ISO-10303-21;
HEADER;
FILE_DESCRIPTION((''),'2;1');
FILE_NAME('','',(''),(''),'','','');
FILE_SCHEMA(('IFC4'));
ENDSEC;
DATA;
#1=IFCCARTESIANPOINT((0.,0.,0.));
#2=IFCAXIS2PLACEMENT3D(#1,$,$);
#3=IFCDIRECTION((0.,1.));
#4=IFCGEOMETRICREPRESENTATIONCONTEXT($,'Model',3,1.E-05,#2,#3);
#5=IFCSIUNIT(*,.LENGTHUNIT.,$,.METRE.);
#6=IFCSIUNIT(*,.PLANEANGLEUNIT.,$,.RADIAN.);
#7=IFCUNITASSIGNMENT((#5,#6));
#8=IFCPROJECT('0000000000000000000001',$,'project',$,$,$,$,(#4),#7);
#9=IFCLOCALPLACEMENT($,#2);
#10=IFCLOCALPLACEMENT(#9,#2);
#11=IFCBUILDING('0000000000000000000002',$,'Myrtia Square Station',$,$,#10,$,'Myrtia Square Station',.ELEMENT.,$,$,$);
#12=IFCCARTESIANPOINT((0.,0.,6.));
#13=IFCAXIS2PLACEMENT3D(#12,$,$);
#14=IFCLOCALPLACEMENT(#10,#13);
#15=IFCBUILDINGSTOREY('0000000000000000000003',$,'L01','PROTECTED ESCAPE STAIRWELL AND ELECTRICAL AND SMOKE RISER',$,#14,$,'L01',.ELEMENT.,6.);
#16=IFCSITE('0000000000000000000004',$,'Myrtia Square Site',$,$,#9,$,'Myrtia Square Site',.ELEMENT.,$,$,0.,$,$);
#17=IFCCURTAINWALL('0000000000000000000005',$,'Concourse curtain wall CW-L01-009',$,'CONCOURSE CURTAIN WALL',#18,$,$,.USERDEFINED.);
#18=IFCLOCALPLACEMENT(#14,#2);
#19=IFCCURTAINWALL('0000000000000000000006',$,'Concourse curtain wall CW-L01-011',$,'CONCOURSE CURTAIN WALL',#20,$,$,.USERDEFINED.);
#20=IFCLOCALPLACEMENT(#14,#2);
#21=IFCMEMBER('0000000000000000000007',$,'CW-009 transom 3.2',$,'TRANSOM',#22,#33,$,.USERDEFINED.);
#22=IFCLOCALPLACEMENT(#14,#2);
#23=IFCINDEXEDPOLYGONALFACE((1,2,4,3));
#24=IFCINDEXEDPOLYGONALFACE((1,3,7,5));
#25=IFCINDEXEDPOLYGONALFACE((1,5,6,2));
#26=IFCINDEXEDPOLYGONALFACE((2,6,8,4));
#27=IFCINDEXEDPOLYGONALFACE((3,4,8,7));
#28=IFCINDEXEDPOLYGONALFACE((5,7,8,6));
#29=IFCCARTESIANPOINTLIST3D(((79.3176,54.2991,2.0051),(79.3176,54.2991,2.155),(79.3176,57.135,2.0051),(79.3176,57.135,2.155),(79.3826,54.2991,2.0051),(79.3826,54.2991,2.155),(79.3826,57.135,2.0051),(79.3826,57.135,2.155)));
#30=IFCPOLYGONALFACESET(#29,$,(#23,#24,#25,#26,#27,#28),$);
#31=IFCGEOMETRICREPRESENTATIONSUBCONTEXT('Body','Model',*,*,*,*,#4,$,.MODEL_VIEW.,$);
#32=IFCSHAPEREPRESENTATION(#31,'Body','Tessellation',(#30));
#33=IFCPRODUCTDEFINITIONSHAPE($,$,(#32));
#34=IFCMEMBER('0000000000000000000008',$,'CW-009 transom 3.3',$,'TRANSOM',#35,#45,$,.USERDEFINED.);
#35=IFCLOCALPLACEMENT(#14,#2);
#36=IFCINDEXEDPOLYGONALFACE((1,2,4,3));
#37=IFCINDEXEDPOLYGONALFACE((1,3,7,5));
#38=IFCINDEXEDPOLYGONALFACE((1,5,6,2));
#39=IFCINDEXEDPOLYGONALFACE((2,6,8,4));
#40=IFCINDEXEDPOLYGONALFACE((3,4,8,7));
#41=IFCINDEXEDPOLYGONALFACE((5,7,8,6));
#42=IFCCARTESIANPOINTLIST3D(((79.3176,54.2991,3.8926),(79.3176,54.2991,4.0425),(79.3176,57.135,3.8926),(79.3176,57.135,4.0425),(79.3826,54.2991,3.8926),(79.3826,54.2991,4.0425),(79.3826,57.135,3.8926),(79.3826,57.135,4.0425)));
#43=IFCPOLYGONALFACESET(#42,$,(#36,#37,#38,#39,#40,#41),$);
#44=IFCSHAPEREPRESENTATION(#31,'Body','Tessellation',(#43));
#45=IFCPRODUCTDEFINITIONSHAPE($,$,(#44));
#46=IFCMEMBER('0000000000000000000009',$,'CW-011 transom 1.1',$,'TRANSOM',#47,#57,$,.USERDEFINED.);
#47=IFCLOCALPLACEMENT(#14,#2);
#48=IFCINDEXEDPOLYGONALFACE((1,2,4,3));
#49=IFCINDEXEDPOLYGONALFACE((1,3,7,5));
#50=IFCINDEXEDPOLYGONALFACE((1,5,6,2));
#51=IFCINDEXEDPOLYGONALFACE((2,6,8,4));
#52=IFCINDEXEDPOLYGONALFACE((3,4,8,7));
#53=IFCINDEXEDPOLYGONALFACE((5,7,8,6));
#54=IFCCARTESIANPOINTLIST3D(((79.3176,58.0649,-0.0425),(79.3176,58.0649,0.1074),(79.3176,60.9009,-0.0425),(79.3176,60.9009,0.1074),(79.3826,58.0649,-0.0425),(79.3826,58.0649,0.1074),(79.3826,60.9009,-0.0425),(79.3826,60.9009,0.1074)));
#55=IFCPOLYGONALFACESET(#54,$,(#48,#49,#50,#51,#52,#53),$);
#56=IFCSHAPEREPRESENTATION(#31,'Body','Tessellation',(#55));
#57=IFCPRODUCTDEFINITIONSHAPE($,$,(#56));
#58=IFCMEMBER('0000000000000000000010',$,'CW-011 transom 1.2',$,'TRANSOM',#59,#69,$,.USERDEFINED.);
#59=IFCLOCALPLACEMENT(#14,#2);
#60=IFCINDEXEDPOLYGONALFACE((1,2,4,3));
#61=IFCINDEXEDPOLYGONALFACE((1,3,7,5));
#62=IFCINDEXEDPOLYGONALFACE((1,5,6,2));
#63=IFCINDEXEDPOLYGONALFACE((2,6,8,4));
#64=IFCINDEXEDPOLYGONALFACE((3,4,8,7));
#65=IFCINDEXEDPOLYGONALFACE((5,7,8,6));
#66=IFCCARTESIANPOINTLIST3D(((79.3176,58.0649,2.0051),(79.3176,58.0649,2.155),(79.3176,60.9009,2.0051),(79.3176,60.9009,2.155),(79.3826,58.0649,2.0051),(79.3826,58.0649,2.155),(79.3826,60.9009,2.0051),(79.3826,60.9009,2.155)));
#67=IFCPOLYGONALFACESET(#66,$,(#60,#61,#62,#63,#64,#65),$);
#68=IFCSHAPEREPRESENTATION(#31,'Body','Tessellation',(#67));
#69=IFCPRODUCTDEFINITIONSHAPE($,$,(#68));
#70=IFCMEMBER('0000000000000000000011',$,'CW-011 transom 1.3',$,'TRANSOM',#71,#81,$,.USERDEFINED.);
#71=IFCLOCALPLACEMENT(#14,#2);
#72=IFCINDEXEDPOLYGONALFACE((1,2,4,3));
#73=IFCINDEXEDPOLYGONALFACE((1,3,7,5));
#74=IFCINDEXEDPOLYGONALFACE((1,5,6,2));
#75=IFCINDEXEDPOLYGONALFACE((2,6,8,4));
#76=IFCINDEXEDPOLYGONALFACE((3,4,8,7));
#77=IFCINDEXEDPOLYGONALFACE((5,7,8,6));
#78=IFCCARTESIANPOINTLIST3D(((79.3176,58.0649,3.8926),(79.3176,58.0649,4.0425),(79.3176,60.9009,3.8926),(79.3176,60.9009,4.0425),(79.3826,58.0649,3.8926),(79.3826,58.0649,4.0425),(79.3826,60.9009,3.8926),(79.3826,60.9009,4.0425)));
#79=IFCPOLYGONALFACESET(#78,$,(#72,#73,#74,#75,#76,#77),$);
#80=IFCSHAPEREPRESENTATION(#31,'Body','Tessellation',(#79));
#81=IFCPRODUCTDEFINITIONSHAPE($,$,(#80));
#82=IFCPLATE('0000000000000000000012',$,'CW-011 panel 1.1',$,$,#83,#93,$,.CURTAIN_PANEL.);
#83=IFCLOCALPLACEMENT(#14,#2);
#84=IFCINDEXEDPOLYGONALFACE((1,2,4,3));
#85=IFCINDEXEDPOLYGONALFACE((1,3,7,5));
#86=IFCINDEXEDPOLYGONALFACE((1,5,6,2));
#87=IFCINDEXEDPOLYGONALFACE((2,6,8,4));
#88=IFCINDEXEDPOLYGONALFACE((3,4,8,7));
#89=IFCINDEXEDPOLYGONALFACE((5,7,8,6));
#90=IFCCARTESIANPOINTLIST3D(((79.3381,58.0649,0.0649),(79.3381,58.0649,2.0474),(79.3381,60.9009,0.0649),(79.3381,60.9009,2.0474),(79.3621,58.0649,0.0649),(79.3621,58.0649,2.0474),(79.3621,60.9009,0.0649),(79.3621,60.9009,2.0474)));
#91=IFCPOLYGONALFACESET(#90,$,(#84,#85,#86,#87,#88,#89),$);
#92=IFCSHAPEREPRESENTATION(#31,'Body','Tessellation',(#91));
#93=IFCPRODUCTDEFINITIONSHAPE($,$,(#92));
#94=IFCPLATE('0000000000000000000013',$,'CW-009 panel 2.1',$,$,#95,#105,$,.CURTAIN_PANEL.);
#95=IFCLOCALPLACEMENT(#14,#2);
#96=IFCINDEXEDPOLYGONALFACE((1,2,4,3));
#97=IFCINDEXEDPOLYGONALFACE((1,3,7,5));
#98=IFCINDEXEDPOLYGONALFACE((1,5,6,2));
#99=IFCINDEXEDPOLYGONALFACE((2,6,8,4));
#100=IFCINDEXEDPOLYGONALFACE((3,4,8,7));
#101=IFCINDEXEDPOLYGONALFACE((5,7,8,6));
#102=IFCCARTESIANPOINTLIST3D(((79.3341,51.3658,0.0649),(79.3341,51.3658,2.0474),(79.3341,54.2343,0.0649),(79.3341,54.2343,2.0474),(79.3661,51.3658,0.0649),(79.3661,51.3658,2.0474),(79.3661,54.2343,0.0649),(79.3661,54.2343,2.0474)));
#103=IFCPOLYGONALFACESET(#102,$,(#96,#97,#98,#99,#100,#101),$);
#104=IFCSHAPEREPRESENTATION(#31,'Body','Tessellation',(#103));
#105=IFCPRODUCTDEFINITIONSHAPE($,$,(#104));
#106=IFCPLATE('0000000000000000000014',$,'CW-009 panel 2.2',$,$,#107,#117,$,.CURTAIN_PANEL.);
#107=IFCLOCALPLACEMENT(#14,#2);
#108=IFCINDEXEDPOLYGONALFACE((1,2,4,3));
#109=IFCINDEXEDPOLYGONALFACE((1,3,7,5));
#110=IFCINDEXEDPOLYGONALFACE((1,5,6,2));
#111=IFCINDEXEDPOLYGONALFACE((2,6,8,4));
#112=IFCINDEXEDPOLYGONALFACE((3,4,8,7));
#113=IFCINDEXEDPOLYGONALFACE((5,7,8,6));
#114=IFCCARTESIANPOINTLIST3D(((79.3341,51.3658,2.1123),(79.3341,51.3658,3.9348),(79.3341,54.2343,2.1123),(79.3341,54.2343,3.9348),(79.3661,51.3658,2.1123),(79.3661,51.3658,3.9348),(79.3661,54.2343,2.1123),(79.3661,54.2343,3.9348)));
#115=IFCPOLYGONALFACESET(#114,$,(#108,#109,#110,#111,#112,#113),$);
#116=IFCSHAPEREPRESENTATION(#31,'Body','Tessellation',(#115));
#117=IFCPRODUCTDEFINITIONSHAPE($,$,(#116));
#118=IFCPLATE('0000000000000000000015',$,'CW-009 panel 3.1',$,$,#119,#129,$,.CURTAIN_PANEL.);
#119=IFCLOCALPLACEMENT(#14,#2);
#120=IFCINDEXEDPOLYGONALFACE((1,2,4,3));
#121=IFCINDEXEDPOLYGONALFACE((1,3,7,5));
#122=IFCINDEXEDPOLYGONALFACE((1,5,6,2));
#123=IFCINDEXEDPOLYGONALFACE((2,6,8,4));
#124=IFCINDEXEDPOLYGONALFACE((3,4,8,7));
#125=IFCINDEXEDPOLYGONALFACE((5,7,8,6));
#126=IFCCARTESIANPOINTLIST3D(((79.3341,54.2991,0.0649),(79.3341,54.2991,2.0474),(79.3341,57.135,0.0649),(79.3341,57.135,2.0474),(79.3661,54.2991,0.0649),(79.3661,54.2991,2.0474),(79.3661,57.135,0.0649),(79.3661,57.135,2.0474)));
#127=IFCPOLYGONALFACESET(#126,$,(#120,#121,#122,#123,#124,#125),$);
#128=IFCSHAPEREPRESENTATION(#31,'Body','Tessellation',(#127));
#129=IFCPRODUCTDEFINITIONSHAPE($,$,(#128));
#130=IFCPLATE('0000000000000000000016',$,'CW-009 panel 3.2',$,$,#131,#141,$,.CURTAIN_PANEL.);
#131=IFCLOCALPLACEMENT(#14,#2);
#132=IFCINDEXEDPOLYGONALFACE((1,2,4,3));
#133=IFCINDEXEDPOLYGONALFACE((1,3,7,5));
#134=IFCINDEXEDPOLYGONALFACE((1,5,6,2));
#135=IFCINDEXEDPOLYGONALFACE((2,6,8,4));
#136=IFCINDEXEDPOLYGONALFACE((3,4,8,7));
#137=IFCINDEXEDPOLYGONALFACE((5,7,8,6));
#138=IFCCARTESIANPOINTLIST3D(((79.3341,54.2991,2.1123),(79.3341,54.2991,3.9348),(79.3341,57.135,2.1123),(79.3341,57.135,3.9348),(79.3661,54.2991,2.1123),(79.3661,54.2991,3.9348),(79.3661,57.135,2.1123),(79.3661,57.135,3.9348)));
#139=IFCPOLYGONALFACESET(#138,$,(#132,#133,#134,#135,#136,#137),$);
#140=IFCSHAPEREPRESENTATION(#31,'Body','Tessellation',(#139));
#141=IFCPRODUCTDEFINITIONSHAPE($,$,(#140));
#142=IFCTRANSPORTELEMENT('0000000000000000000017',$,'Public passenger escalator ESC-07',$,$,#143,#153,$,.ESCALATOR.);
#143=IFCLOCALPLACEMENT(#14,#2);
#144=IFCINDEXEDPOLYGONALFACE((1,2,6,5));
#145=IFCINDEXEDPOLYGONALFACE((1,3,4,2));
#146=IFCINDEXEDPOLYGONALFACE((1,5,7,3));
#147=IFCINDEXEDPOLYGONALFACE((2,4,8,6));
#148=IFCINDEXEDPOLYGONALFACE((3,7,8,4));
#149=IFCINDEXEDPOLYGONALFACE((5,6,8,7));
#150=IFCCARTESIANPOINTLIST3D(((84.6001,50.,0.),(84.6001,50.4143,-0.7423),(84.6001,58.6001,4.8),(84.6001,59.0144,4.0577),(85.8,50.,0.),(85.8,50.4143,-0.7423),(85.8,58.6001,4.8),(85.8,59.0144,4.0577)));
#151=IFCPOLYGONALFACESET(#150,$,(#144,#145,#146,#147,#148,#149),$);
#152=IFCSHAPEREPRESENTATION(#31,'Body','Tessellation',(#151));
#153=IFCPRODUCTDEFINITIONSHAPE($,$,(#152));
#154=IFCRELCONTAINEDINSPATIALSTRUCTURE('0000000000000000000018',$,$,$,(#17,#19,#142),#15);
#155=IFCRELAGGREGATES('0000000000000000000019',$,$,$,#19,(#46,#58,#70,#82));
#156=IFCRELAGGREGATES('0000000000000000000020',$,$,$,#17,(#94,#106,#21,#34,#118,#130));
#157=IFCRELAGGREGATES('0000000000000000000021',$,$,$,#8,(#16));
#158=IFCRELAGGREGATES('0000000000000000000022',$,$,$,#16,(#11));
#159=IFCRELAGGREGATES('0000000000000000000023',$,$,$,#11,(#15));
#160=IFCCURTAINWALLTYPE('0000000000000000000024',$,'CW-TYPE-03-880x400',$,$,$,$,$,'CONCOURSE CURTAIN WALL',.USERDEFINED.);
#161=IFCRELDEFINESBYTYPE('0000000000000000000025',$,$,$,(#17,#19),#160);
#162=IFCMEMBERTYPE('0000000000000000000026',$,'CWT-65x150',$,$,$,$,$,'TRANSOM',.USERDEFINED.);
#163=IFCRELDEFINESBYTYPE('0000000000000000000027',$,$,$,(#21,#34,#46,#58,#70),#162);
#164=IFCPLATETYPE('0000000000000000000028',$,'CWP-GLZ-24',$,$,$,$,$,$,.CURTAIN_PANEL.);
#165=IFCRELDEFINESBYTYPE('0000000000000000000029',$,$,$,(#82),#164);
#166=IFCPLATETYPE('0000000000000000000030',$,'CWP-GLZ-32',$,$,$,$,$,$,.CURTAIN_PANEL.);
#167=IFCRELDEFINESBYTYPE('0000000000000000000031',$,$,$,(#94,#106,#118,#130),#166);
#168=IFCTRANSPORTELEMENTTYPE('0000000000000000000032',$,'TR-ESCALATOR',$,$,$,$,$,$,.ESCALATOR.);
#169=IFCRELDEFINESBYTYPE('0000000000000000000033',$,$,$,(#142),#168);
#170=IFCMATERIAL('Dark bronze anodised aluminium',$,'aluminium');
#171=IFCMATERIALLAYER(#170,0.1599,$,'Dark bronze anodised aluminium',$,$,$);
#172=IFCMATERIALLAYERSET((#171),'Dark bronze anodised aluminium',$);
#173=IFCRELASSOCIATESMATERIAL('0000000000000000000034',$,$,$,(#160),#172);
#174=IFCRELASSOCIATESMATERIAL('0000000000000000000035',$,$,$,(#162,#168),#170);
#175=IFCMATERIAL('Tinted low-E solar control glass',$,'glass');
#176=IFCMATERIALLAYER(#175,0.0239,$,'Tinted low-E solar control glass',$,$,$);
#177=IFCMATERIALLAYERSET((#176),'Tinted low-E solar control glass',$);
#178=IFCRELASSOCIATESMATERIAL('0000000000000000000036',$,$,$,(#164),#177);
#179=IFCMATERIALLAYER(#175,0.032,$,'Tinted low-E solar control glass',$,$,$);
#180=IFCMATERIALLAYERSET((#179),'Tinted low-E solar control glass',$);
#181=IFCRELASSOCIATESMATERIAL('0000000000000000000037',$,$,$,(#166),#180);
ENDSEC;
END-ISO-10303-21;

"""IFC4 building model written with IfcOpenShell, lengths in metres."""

from ifc_helpers import new_model, si_unit, direction, frame, origin, origin_2d, place, context, subcontext, project, spatial, polyline, rectangle, outline, extrude, material, layer, layer_set, material_profile, profile_set, type_object, element, aggregate, save


model = new_model("IFC4")

# Units and contexts
model_context = context("Model", 3, precision=1e-05, world=origin(), true_north=direction((0.0, 1.0)))
body_context = subcontext(model_context, "Body", "Model", "MODEL_VIEW")
ifc_project = project(units=[si_unit("LENGTHUNIT", "METRE"), si_unit("PLANEANGLEUNIT", "RADIAN")], contexts=[model_context])

# Site, building, storey
site_placement = place(None, origin())
site = spatial("IfcSite", under=ifc_project, at=site_placement, Name="Myrtia Square Site", LongName="Myrtia Square Site", CompositionType="ELEMENT", RefElevation=0.0)
building_placement = place(site_placement, origin())
building = spatial("IfcBuilding", under=site, at=building_placement, Name="Myrtia Square Station", LongName="Myrtia Square Station", CompositionType="ELEMENT")
storey_placement = place(building_placement, frame((0.0, 0.0, 6.0)))
storey = spatial("IfcBuildingStorey", under=building, at=storey_placement, Name="L01", Description="PROTECTED ESCAPE STAIRWELL AND ELECTRICAL AND SMOKE RISER", LongName="L01", CompositionType="ELEMENT", Elevation=6.0)

# Curtain wall
ifc_material_1 = material(Name="Dark bronze anodised aluminium", Category="aluminium")
ifc_layer_1 = layer(ifc_material_1, 0.1599, Name="Dark bronze anodised aluminium")
ifc_layer_set_1 = layer_set([ifc_layer_1], Name="Dark bronze anodised aluminium")
curtain_wall_type = type_object("IfcCurtainWallType", Name="CW-TYPE-03-880x400", ElementType="CONCOURSE CURTAIN WALL", PredefinedType="USERDEFINED", material=ifc_layer_set_1)
curtain_wall_1_placement = place(storey_placement, origin())
curtain_wall_1 = element("IfcCurtainWall", 1, at=curtain_wall_1_placement, inside=storey, type_object=curtain_wall_type, Name="Concourse curtain wall CW-L01-009", ObjectType="CONCOURSE CURTAIN WALL", PredefinedType="USERDEFINED")

# Curtain wall
curtain_wall_2_placement = place(storey_placement, origin())
curtain_wall_2 = element("IfcCurtainWall", 2, at=curtain_wall_2_placement, inside=storey, type_object=curtain_wall_type, Name="Concourse curtain wall CW-L01-011", ObjectType="CONCOURSE CURTAIN WALL", PredefinedType="USERDEFINED")

# Members
ifc_material_profile_1 = material_profile(ifc_material_1, rectangle(XDim=0.0649, YDim=0.1499, at=origin_2d()), Name="ALU-T 65x150")
ifc_profile_set_1 = profile_set([ifc_material_profile_1], Name="Dark bronze anodised aluminium")
member_type_1 = type_object("IfcMemberType", Name="CWT-65x150", ElementType="TRANSOM", PredefinedType="USERDEFINED", material=ifc_profile_set_1)
member_1_placement = place(storey_placement, frame((79.3501, 54.2991, 2.0801), z_axis=(0.0, 1.0, 0.0), x_axis=(-1.0, 0.0, 0.0)))
member_1 = element("IfcMember", 3, at=member_1_placement, type_object=member_type_1, Name="CW-009 transom 3.2", ObjectType="TRANSOM", PredefinedType="USERDEFINED", context=body_context, shape_type="SweptSolid", body=[
    extrude(rectangle(XDim=0.0649, YDim=0.1499, at=origin_2d()), origin(), (0.0, 0.0, 1.0), 2.8359),
])
member_2_placement = place(storey_placement, frame((79.3501, 54.2991, 3.9675), z_axis=(0.0, 1.0, 0.0), x_axis=(-1.0, 0.0, 0.0)))
member_2 = element("IfcMember", 4, at=member_2_placement, type_object=member_type_1, Name="CW-009 transom 3.3", ObjectType="TRANSOM", PredefinedType="USERDEFINED", context=body_context, shape_type="SweptSolid", body=[
    extrude(rectangle(XDim=0.0649, YDim=0.1499, at=origin_2d()), origin(), (0.0, 0.0, 1.0), 2.8359),
])
member_3_placement = place(storey_placement, frame((79.3501, 58.0649, 0.0325), z_axis=(0.0, 1.0, 0.0), x_axis=(-1.0, 0.0, 0.0)))
member_3 = element("IfcMember", 5, at=member_3_placement, type_object=member_type_1, Name="CW-011 transom 1.1", ObjectType="TRANSOM", PredefinedType="USERDEFINED", context=body_context, shape_type="SweptSolid", body=[
    extrude(rectangle(XDim=0.0649, YDim=0.1499, at=origin_2d()), origin(), (0.0, 0.0, 1.0), 2.8359),
])
member_4_placement = place(storey_placement, frame((79.3501, 58.0649, 2.0801), z_axis=(0.0, 1.0, 0.0), x_axis=(-1.0, 0.0, 0.0)))
member_4 = element("IfcMember", 6, at=member_4_placement, type_object=member_type_1, Name="CW-011 transom 1.2", ObjectType="TRANSOM", PredefinedType="USERDEFINED", context=body_context, shape_type="SweptSolid", body=[
    extrude(rectangle(XDim=0.0649, YDim=0.1499, at=origin_2d()), origin(), (0.0, 0.0, 1.0), 2.8359),
])
member_5_placement = place(storey_placement, frame((79.3501, 58.0649, 3.9675), z_axis=(0.0, 1.0, 0.0), x_axis=(-1.0, 0.0, 0.0)))
member_5 = element("IfcMember", 7, at=member_5_placement, type_object=member_type_1, Name="CW-011 transom 1.3", ObjectType="TRANSOM", PredefinedType="USERDEFINED", context=body_context, shape_type="SweptSolid", body=[
    extrude(rectangle(XDim=0.0649, YDim=0.1499, at=origin_2d()), origin(), (0.0, 0.0, 1.0), 2.8359),
])

# Plates
ifc_material_2 = material(Name="Tinted low-E solar control glass", Category="glass")
ifc_layer_2 = layer(ifc_material_2, 0.0239, Name="Tinted low-E solar control glass")
ifc_layer_set_2 = layer_set([ifc_layer_2], Name="Tinted low-E solar control glass")
plate_type_1 = type_object("IfcPlateType", Name="CWP-GLZ-24", PredefinedType="CURTAIN_PANEL", material=ifc_layer_set_2)
plate_1_placement = place(storey_placement, frame((79.3501, 59.4829, 0.0649), z_axis=(0.0, 0.0, 1.0), x_axis=(0.0, 1.0, 0.0)))
plate_1 = element("IfcPlate", 8, at=plate_1_placement, type_object=plate_type_1, Name="CW-011 panel 1.1", PredefinedType="CURTAIN_PANEL", context=body_context, shape_type="SweptSolid", body=[
    extrude(rectangle(XDim=2.8359, YDim=0.0239, at=origin_2d()), origin(), (0.0, 0.0, 1.0), 1.9824),
])
aggregate(curtain_wall_2, [member_3, member_4, member_5, plate_1])
ifc_layer_3 = layer(ifc_material_2, 0.032, Name="Tinted low-E solar control glass")
ifc_layer_set_3 = layer_set([ifc_layer_3], Name="Tinted low-E solar control glass")
plate_type_2 = type_object("IfcPlateType", Name="CWP-GLZ-32", PredefinedType="CURTAIN_PANEL", material=ifc_layer_set_3)
plate_2_placement = place(storey_placement, frame((79.3501, 52.8, 0.0649), z_axis=(0.0, 0.0, 1.0), x_axis=(0.0, 1.0, 0.0)))
plate_2 = element("IfcPlate", 9, at=plate_2_placement, type_object=plate_type_2, Name="CW-009 panel 2.1", PredefinedType="CURTAIN_PANEL", context=body_context, shape_type="SweptSolid", body=[
    extrude(rectangle(XDim=2.8684, YDim=0.032, at=origin_2d()), origin(), (0.0, 0.0, 1.0), 1.9824),
])
plate_3_placement = place(storey_placement, frame((79.3501, 52.8, 2.1123), z_axis=(0.0, 0.0, 1.0), x_axis=(0.0, 1.0, 0.0)))
plate_3 = element("IfcPlate", 10, at=plate_3_placement, type_object=plate_type_2, Name="CW-009 panel 2.2", PredefinedType="CURTAIN_PANEL", context=body_context, shape_type="SweptSolid", body=[
    extrude(rectangle(XDim=2.8684, YDim=0.032, at=origin_2d()), origin(), (0.0, 0.0, 1.0), 1.8225),
])
plate_4_placement = place(storey_placement, frame((79.3501, 55.717, 0.0649), z_axis=(0.0, 0.0, 1.0), x_axis=(0.0, 1.0, 0.0)))
plate_4 = element("IfcPlate", 11, at=plate_4_placement, type_object=plate_type_2, Name="CW-009 panel 3.1", PredefinedType="CURTAIN_PANEL", context=body_context, shape_type="SweptSolid", body=[
    extrude(rectangle(XDim=2.8359, YDim=0.032, at=origin_2d()), origin(), (0.0, 0.0, 1.0), 1.9824),
])
plate_5_placement = place(storey_placement, frame((79.3501, 55.717, 2.1123), z_axis=(0.0, 0.0, 1.0), x_axis=(0.0, 1.0, 0.0)))
plate_5 = element("IfcPlate", 12, at=plate_5_placement, type_object=plate_type_2, Name="CW-009 panel 3.2", PredefinedType="CURTAIN_PANEL", context=body_context, shape_type="SweptSolid", body=[
    extrude(rectangle(XDim=2.8359, YDim=0.032, at=origin_2d()), origin(), (0.0, 0.0, 1.0), 1.8225),
])
aggregate(curtain_wall_1, [plate_2, plate_3, member_1, member_2, plate_4, plate_5])

# Transport element
transport_element_type = type_object("IfcTransportElementType", Name="TR-ESCALATOR", PredefinedType="ESCALATOR", material=ifc_material_1)
transport_element_placement = place(storey_placement, frame((84.6001, 50.0, 0.0), z_axis=(0.0, -0.487366, 0.873198), x_axis=(0.0, 0.873198, 0.487366)))
element("IfcTransportElement", 13, at=transport_element_placement, inside=storey, type_object=transport_element_type, Name="Public passenger escalator ESC-07", PredefinedType="ESCALATOR", context=body_context, shape_type="SweptSolid", body=[
    extrude(outline(polyline([(0.0, 0.0), (9.849, 0.0), (9.849, -1.2), (0.0, -1.2), (0.0, 0.0)])), origin(), (0.0, 0.0, -1.0), 0.8501),
])

save(model, "model.ifc")
